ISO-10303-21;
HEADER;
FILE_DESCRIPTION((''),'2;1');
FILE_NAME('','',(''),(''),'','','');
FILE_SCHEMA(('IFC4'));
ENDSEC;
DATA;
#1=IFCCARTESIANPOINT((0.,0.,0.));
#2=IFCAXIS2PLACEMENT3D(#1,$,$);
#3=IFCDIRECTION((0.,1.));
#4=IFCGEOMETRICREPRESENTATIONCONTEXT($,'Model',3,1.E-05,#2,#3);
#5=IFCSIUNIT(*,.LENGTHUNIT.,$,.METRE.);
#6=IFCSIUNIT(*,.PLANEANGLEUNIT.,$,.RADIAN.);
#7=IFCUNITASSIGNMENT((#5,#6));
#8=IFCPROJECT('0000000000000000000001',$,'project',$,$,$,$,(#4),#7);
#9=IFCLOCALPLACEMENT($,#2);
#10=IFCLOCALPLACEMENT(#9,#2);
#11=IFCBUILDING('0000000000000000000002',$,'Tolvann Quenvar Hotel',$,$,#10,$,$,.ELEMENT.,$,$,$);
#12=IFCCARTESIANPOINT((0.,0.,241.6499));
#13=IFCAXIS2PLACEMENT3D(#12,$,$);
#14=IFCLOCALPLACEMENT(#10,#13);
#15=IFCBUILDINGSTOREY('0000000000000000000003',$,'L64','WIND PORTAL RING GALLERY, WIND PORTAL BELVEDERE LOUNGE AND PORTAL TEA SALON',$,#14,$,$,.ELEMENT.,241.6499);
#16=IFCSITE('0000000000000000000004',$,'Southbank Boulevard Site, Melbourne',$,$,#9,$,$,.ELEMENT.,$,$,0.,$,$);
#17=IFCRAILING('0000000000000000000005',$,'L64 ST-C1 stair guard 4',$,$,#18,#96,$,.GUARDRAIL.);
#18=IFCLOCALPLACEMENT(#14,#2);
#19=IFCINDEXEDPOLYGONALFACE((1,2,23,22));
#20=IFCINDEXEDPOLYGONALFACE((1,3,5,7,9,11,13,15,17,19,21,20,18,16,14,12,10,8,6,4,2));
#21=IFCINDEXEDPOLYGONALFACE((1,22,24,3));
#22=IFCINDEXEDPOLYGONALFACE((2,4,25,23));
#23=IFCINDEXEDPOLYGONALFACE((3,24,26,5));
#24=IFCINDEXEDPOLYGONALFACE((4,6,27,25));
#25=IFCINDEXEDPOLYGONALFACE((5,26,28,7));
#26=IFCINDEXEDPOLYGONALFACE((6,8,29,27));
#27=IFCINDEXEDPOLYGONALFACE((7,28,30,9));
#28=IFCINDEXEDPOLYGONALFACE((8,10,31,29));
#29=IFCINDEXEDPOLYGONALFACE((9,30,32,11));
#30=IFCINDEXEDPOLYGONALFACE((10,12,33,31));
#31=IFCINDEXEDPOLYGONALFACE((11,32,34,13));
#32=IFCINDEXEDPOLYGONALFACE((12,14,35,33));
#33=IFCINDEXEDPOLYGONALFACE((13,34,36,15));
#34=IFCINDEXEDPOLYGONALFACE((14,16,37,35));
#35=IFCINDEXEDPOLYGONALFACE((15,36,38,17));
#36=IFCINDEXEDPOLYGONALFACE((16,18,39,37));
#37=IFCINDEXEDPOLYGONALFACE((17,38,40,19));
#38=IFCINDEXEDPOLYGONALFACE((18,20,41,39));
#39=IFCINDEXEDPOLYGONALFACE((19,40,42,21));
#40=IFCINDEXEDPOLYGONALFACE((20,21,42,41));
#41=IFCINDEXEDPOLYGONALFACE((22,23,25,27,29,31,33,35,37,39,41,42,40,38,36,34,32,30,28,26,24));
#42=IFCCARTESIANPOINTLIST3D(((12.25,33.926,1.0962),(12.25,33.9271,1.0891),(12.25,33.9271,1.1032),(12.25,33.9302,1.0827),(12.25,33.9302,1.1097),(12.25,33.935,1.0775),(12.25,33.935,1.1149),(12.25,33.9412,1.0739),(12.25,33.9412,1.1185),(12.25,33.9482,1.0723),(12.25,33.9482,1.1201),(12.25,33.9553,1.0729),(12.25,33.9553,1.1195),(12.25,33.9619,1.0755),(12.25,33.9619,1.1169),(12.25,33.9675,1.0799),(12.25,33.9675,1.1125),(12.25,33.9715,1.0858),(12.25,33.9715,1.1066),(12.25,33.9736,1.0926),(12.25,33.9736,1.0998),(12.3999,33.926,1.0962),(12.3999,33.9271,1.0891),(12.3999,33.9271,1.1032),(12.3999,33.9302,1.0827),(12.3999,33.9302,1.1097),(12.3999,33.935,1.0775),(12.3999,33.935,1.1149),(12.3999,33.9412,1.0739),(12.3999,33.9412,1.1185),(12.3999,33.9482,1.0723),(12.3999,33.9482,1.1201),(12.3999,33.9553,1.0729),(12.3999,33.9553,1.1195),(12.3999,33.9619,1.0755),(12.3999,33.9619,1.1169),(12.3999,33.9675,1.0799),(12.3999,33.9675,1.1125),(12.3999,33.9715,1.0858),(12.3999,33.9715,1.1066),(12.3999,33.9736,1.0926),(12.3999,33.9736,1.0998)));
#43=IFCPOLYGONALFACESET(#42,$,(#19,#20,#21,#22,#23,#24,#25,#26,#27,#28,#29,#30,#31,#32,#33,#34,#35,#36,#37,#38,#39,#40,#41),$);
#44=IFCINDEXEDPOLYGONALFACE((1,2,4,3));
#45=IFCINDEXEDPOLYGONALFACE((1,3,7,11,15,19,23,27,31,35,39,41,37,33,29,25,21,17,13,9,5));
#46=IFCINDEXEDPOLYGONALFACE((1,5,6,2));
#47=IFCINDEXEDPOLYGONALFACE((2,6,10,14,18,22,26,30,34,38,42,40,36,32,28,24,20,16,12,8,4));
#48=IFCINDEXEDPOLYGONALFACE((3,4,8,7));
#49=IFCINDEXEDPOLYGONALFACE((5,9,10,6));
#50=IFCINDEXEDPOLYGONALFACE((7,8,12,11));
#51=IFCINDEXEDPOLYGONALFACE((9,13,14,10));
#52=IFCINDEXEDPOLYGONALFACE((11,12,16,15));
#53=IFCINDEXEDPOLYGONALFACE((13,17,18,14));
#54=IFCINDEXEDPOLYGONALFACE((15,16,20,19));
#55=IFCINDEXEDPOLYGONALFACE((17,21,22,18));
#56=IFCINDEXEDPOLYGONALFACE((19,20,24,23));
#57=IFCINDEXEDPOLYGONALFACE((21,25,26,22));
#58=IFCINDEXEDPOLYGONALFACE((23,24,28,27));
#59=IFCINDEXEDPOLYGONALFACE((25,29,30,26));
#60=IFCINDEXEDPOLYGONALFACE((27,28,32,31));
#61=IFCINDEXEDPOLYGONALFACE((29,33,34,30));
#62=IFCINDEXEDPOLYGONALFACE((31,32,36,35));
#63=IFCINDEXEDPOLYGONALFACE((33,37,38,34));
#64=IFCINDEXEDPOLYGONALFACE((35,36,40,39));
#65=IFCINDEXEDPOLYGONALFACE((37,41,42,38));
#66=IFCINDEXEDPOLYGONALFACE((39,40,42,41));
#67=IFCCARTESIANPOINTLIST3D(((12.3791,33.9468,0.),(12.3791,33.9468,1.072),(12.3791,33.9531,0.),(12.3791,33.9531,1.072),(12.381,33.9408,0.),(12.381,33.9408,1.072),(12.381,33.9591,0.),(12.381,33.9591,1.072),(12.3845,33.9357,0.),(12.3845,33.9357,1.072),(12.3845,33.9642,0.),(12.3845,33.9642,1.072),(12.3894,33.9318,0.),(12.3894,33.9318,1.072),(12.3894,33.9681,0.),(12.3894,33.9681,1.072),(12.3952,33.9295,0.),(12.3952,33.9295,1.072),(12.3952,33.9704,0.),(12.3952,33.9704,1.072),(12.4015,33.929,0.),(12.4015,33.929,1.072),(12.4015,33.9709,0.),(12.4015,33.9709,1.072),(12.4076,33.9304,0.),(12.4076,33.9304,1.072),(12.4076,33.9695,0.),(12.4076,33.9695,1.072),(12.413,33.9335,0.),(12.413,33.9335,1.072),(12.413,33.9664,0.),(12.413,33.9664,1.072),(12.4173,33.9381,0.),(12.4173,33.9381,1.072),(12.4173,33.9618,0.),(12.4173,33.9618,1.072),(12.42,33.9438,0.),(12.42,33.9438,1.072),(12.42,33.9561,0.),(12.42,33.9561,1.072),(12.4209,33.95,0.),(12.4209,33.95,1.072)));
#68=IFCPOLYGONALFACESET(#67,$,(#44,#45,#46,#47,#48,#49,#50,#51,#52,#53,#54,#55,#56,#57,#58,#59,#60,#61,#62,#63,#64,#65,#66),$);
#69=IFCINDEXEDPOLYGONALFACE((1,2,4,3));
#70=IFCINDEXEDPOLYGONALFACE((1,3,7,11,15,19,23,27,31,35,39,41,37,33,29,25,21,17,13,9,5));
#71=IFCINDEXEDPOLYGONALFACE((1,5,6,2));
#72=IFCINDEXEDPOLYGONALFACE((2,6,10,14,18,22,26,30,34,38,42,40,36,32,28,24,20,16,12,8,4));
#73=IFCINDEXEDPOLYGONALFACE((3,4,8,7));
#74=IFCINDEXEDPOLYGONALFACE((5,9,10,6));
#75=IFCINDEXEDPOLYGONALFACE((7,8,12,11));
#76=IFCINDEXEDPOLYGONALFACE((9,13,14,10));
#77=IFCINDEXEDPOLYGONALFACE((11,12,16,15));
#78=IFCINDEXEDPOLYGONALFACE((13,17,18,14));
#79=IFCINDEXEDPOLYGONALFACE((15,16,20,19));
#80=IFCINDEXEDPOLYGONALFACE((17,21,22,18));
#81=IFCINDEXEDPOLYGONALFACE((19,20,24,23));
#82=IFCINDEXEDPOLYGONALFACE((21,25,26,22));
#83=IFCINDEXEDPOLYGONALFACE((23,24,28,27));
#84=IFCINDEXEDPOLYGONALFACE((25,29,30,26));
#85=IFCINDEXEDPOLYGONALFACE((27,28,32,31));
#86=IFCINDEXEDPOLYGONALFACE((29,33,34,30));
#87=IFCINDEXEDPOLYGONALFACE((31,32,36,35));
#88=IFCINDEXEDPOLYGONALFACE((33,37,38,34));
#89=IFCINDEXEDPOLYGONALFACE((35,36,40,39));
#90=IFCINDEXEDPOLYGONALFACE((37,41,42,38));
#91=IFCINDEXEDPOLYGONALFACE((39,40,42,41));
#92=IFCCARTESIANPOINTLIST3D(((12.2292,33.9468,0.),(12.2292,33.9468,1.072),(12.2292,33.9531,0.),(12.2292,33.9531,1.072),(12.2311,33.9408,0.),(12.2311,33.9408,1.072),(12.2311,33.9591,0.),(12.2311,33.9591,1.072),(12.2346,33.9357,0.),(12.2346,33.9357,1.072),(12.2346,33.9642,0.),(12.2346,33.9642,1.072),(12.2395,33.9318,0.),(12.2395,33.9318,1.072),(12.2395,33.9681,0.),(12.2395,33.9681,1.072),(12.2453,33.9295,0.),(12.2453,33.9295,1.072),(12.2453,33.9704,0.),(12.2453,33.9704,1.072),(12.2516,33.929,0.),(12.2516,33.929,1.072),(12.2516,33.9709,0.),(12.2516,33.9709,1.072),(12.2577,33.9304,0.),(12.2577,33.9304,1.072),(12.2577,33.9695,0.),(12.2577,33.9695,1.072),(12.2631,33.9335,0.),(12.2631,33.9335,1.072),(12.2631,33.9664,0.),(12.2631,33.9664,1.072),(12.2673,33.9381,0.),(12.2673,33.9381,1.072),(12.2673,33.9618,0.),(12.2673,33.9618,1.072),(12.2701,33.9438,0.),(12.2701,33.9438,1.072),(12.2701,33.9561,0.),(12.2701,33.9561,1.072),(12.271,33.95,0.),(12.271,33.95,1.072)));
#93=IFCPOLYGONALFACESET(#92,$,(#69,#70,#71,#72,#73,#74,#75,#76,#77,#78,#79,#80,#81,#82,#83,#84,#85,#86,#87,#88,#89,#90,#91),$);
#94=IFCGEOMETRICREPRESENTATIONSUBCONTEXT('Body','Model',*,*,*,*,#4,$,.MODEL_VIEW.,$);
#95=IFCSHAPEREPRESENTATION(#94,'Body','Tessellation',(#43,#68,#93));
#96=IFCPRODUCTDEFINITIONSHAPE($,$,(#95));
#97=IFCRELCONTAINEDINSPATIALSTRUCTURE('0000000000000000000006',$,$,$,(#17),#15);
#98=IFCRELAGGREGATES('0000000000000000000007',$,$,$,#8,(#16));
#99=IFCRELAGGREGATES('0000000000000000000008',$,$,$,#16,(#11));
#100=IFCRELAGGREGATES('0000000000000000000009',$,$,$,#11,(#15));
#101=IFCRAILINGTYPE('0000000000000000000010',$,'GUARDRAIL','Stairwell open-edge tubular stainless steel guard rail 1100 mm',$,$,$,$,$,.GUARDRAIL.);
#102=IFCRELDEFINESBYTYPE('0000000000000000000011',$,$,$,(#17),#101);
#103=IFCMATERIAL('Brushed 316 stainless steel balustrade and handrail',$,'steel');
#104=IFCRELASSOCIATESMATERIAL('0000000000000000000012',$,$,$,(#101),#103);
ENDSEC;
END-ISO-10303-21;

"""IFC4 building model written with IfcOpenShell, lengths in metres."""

from ifc_helpers import new_model, si_unit, direction, frame, origin, origin_2d, place, context, subcontext, project, spatial, circle, extrude, material, type_object, element, save


model = new_model("IFC4")

# Units and contexts
model_context = context("Model", 3, precision=1e-05, world=origin(), true_north=direction((0.0, 1.0)))
body_context = subcontext(model_context, "Body", "Model", "MODEL_VIEW")
ifc_project = project(units=[si_unit("LENGTHUNIT", "METRE"), si_unit("PLANEANGLEUNIT", "RADIAN")], contexts=[model_context])

# Site, building, storey
site_placement = place(None, origin())
site = spatial("IfcSite", under=ifc_project, at=site_placement, Name="Southbank Boulevard Site, Melbourne", CompositionType="ELEMENT", RefElevation=0.0)
building_placement = place(site_placement, origin())
building = spatial("IfcBuilding", under=site, at=building_placement, Name="Tolvann Quenvar Hotel", CompositionType="ELEMENT")
storey_placement = place(building_placement, frame((0.0, 0.0, 241.6499)))
storey = spatial("IfcBuildingStorey", under=building, at=storey_placement, Name="L64", Description="WIND PORTAL RING GALLERY, WIND PORTAL BELVEDERE LOUNGE AND PORTAL TEA SALON", CompositionType="ELEMENT", Elevation=241.6499)

# Railing
ifc_material_1 = material(Name="Brushed 316 stainless steel balustrade and handrail", Category="steel")
railing_type = type_object("IfcRailingType", Name="GUARDRAIL", Description="Stairwell open-edge tubular stainless steel guard rail 1100 mm", PredefinedType="GUARDRAIL", material=ifc_material_1)
railing_placement = place(storey_placement, frame((12.3999, 33.95, 0.0)))
element("IfcRailing", 1, at=railing_placement, inside=storey, type_object=railing_type, Name="L64 ST-C1 stair guard 4", PredefinedType="GUARDRAIL", context=body_context, shape_type="SweptSolid", body=[
    extrude(circle(Radius=0.0239, at=origin_2d()), frame((0.0, 0.0, 1.0962), z_axis=(-1.0, 0.0, 0.0), x_axis=(0.0, -1.0, 0.0)), (0.0, 0.0, 1.0), 0.1499),
    extrude(circle(Radius=0.021, at=origin_2d()), origin(), (0.0, 0.0, 1.0), 1.072),
    extrude(circle(Radius=0.021, at=origin_2d()), frame((-0.1499, 0.0, 0.0)), (0.0, 0.0, 1.0), 1.072),
])

save(model, "model.ifc")
